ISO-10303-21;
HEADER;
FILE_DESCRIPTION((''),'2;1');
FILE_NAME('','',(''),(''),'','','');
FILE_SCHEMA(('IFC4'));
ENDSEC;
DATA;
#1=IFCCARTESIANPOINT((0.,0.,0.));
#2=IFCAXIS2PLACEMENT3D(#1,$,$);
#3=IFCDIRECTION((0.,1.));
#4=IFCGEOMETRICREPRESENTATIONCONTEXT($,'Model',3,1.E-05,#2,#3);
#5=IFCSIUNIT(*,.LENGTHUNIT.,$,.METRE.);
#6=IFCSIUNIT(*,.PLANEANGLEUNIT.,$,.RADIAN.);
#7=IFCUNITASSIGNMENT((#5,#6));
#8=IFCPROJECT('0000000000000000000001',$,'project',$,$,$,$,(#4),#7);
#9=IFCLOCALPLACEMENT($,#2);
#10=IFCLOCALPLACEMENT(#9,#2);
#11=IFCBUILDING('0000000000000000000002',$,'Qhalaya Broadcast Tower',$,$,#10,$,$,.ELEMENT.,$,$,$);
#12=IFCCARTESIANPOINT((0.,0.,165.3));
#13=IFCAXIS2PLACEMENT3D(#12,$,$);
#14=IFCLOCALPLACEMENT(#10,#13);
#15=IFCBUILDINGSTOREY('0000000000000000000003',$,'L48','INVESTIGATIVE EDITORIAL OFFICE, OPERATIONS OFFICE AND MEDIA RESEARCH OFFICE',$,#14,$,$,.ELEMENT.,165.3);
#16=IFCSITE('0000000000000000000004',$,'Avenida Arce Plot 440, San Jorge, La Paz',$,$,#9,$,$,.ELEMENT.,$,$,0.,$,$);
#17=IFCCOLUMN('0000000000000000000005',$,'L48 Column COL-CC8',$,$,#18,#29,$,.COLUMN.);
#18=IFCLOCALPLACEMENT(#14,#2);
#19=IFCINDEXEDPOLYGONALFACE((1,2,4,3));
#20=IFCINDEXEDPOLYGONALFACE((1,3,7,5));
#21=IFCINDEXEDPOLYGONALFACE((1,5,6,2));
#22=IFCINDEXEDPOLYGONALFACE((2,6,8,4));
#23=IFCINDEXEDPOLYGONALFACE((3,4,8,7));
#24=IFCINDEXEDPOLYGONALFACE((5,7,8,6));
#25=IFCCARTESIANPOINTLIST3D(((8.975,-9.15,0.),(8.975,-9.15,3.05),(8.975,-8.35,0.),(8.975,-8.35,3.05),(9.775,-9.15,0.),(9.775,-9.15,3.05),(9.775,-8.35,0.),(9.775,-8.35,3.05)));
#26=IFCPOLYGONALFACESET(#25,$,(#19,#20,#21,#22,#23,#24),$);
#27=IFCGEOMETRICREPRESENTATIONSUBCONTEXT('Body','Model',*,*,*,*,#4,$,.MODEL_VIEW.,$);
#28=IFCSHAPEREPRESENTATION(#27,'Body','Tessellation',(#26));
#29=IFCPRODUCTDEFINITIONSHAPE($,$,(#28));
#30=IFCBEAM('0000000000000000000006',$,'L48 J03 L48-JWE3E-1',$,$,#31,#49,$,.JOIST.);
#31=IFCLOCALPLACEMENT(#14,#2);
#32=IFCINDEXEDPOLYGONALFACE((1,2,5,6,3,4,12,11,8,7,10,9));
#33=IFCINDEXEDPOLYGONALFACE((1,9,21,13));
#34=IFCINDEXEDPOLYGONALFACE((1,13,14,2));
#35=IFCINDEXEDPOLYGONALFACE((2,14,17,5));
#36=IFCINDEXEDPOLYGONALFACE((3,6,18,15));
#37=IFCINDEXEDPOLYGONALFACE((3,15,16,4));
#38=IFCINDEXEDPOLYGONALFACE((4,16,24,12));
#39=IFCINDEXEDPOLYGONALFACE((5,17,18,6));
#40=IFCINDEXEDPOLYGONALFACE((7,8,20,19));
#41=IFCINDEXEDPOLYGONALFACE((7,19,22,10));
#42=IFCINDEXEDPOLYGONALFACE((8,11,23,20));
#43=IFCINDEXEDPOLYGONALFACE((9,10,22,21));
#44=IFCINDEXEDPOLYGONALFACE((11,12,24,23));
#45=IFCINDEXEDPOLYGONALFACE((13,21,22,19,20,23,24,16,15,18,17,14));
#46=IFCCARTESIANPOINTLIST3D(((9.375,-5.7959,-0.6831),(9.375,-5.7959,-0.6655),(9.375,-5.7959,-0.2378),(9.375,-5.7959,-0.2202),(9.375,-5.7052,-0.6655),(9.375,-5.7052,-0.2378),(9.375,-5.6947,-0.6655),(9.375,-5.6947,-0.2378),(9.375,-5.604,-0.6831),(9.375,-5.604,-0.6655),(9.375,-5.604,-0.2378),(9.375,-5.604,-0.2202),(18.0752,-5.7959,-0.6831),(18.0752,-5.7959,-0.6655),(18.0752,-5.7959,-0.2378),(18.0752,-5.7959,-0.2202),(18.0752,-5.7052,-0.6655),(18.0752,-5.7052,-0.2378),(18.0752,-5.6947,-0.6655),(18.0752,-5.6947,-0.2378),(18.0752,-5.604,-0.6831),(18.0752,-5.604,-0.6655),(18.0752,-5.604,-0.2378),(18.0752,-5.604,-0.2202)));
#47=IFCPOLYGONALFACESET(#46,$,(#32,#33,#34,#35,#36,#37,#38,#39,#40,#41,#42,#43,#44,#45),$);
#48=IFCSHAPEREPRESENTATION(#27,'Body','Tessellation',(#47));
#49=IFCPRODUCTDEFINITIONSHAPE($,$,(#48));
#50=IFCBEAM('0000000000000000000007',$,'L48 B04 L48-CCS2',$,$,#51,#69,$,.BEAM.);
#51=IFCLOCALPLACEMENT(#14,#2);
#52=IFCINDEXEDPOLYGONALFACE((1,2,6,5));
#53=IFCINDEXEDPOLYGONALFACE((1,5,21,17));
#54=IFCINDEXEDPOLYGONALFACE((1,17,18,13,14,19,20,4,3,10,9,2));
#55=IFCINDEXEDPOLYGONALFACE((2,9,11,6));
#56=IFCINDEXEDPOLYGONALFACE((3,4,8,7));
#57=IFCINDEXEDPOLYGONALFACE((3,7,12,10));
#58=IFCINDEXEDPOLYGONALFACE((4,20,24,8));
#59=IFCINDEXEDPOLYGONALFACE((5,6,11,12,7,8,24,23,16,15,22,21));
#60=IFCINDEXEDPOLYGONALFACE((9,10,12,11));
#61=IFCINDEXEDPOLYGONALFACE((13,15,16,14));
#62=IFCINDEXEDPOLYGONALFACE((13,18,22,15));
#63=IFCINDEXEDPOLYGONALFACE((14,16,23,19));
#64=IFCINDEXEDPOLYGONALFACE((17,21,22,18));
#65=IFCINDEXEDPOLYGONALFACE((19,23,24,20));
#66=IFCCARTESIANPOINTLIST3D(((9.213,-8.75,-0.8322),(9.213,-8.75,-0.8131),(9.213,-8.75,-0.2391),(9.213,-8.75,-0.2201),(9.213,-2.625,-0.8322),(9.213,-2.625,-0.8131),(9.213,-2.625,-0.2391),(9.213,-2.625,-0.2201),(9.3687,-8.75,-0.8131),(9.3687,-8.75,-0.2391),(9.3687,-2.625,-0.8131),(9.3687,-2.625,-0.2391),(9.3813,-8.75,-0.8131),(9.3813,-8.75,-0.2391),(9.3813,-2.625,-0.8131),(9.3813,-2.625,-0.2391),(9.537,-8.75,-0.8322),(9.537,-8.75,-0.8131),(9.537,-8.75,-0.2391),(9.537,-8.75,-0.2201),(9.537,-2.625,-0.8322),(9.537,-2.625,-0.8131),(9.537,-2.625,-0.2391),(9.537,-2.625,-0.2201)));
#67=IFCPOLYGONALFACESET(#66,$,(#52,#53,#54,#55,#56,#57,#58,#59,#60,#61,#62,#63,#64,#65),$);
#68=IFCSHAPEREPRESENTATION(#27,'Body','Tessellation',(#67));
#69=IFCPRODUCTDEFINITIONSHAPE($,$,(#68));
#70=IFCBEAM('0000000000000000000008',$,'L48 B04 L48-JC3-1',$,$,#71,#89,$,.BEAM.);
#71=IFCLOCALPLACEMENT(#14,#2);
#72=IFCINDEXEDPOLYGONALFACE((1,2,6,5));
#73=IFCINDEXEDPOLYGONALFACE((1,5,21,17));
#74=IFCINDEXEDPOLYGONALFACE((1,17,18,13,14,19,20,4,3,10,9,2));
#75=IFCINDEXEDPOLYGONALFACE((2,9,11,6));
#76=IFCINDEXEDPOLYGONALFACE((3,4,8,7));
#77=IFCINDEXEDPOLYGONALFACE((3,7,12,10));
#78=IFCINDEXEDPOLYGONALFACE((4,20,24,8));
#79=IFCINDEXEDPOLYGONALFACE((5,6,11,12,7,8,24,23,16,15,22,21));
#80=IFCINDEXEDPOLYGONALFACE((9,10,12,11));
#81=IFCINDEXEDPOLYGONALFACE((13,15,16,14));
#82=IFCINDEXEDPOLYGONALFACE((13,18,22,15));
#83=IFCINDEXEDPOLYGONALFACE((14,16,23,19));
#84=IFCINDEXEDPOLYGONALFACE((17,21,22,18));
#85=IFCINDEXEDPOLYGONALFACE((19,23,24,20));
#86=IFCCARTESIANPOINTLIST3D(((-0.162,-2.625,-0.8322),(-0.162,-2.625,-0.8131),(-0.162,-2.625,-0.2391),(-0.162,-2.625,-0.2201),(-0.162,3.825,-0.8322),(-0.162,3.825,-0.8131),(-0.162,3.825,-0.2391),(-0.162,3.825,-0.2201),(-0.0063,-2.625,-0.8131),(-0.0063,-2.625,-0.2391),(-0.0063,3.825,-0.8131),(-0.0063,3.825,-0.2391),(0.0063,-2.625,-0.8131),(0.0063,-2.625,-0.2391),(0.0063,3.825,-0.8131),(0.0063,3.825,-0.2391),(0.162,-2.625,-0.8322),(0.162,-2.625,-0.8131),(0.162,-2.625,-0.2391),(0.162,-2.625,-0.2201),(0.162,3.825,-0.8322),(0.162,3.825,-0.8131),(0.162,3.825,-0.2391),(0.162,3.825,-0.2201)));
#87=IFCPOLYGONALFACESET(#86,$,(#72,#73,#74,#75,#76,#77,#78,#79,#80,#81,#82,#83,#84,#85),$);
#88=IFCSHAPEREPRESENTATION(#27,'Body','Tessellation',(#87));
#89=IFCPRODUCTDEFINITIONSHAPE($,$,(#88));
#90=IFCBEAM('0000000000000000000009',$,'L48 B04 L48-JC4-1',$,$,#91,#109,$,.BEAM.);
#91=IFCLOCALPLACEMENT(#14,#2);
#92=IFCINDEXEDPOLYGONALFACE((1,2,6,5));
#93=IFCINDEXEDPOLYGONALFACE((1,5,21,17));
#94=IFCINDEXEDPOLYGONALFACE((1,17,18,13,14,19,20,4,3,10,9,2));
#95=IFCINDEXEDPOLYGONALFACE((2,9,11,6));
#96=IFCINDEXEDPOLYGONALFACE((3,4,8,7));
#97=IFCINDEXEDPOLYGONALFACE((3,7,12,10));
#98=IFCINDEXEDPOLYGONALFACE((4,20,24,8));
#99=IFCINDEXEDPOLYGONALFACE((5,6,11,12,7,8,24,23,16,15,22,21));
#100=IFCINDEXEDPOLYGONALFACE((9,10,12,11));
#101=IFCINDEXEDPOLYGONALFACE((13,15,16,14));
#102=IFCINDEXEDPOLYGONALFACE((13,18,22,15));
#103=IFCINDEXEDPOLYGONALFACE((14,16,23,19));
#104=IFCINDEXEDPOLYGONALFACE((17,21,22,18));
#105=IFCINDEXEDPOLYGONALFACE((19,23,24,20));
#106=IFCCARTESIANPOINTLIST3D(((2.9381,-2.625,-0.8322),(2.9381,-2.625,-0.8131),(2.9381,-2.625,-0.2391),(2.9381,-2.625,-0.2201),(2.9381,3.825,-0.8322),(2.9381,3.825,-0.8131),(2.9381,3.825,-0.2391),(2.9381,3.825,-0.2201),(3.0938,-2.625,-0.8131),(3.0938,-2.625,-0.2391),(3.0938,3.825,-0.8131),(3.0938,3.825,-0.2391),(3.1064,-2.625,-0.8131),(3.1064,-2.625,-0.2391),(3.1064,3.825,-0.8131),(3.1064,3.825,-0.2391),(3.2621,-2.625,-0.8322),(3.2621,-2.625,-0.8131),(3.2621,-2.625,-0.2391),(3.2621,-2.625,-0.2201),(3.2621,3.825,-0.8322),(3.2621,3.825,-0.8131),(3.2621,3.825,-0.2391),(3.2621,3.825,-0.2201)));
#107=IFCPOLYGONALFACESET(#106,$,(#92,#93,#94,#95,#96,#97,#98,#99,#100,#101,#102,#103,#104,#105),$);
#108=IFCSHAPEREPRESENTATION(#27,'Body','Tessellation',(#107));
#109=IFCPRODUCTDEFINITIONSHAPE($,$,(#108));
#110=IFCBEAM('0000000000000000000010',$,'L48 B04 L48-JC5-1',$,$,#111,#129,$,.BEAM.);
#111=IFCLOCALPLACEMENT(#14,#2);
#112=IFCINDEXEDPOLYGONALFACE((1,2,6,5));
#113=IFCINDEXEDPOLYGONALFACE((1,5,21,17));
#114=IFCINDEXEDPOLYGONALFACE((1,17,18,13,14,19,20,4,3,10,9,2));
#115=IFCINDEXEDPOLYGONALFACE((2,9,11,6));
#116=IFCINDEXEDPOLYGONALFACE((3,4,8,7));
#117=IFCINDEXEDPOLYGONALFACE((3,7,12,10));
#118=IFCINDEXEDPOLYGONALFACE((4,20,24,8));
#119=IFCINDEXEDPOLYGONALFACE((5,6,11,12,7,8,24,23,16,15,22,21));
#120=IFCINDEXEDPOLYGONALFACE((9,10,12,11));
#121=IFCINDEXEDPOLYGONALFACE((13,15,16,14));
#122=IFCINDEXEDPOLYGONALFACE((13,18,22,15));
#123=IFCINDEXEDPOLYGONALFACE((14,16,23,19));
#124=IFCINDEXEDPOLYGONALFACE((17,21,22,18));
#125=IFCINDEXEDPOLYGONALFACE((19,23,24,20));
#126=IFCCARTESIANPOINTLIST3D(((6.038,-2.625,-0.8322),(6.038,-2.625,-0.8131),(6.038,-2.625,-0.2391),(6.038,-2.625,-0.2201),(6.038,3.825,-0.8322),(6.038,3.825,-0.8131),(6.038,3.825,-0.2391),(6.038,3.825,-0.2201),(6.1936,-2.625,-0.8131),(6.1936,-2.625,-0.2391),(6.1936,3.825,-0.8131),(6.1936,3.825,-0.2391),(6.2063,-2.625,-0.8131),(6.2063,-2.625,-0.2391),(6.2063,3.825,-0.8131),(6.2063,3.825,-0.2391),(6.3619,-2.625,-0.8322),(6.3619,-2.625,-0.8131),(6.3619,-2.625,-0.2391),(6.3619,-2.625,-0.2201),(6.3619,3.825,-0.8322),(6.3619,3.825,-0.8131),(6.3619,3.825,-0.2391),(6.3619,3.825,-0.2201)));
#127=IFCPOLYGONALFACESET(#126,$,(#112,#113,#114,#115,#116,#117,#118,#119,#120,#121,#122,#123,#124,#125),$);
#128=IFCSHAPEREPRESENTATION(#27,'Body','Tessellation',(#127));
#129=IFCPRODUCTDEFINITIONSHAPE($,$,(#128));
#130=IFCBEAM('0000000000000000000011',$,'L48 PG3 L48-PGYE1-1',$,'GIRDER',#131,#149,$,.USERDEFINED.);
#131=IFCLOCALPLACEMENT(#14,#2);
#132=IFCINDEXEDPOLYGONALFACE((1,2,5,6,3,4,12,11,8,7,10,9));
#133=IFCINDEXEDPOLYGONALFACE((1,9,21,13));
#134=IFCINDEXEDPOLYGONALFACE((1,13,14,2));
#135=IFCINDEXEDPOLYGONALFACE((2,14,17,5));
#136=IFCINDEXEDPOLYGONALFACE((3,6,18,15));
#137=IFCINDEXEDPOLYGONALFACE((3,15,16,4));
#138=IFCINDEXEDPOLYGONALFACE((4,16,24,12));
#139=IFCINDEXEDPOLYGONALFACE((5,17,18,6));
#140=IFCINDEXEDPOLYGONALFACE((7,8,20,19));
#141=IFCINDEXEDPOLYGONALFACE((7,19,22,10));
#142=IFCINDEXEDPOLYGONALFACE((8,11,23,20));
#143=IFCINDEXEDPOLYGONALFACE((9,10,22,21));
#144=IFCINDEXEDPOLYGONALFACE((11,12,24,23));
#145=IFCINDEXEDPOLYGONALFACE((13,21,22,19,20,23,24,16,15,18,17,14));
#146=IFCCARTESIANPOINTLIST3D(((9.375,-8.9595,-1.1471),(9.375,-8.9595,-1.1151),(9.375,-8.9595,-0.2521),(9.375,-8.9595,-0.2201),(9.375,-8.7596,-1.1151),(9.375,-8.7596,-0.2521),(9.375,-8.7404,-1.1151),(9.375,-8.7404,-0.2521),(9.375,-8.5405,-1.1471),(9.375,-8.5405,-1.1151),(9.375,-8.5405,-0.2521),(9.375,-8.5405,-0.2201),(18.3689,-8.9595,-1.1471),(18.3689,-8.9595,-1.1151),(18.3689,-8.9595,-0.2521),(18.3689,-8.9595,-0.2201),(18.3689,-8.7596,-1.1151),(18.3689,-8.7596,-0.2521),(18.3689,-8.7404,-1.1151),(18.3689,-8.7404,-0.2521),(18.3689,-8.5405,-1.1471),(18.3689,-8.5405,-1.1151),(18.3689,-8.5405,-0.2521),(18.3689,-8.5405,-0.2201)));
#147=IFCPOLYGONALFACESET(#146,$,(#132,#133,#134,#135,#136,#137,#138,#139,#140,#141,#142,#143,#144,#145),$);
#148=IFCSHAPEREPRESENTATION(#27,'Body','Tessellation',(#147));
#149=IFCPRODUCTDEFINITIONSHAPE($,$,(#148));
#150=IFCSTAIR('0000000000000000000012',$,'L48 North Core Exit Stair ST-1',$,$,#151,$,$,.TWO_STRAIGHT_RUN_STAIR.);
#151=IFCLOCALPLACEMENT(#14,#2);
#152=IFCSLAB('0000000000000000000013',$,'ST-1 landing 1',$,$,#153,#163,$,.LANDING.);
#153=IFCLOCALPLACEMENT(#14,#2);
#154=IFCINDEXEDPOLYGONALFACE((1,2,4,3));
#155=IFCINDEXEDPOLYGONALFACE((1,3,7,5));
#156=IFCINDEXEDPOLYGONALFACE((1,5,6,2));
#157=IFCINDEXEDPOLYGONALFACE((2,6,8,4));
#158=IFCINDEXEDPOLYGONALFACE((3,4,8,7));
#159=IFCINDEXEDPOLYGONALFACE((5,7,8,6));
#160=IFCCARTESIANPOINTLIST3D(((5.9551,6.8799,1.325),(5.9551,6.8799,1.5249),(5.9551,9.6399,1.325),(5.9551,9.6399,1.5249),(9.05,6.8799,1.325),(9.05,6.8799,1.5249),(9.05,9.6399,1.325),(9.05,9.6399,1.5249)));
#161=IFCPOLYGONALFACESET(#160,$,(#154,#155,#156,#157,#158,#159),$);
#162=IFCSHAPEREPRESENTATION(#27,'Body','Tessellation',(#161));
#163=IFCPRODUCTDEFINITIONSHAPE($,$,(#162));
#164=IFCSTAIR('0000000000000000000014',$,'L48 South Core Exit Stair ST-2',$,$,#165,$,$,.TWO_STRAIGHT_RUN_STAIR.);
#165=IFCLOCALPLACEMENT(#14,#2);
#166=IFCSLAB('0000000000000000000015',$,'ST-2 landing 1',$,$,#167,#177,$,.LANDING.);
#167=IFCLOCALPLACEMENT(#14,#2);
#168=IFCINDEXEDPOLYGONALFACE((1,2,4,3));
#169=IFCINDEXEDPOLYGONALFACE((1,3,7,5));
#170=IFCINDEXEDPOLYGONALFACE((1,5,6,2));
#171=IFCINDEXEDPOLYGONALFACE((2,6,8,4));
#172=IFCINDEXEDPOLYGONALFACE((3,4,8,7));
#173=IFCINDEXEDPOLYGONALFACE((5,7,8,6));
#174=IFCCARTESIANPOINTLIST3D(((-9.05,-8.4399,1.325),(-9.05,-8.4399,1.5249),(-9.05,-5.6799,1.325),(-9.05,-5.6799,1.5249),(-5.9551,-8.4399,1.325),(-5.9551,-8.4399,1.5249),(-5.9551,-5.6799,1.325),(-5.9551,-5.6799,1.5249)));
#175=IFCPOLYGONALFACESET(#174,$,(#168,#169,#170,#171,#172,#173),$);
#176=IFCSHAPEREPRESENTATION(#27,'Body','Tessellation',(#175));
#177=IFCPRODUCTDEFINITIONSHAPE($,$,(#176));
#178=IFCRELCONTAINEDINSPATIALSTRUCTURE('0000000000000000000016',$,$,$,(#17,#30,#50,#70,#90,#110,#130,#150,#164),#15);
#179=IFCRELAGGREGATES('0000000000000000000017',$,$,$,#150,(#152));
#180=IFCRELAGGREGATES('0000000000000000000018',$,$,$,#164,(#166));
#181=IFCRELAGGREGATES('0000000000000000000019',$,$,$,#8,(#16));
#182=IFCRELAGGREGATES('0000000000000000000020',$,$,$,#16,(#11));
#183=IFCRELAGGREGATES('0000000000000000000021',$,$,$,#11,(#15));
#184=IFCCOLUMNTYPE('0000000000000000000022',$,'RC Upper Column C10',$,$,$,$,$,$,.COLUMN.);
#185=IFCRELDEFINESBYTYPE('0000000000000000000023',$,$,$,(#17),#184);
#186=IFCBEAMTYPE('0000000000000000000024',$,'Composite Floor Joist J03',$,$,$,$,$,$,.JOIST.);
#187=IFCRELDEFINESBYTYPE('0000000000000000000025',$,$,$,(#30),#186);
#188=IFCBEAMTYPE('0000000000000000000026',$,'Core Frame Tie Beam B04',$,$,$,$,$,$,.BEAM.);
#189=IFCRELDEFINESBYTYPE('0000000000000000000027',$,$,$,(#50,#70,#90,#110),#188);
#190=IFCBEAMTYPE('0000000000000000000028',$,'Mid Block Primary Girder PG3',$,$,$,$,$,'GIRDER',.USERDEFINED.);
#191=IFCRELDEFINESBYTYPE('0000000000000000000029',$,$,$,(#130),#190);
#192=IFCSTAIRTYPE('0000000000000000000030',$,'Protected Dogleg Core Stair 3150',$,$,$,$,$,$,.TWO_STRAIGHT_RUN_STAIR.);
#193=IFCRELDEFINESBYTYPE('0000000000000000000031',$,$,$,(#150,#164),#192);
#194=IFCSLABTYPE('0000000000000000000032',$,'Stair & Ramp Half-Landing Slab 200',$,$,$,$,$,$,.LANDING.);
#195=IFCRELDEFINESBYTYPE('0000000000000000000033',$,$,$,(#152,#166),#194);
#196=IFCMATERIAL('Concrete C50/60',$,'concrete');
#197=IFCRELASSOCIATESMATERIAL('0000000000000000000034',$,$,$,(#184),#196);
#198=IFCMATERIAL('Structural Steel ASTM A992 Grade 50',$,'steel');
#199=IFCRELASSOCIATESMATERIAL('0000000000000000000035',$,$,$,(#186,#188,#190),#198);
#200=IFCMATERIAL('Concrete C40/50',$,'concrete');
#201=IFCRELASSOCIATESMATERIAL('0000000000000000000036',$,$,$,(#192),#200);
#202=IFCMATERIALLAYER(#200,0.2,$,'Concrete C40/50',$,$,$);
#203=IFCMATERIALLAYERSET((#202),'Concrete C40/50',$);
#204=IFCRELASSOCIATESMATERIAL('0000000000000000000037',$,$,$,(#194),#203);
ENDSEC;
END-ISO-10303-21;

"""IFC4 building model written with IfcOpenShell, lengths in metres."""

from ifc_helpers import new_model, si_unit, direction, frame, origin, origin_2d, place, context, subcontext, project, spatial, polyline, rectangle, i_section, outline, extrude, material, layer, layer_set, material_profile, profile_set, type_object, element, aggregate, save


model = new_model("IFC4")

# Units and contexts
model_context = context("Model", 3, precision=1e-05, world=origin(), true_north=direction((0.0, 1.0)))
body_context = subcontext(model_context, "Body", "Model", "MODEL_VIEW")
ifc_project = project(units=[si_unit("LENGTHUNIT", "METRE"), si_unit("PLANEANGLEUNIT", "RADIAN")], contexts=[model_context])

# Site, building, storey
site_placement = place(None, origin())
site = spatial("IfcSite", under=ifc_project, at=site_placement, Name="Avenida Arce Plot 440, San Jorge, La Paz", CompositionType="ELEMENT", RefElevation=0.0)
building_placement = place(site_placement, origin())
building = spatial("IfcBuilding", under=site, at=building_placement, Name="Qhalaya Broadcast Tower", CompositionType="ELEMENT")
storey_placement = place(building_placement, frame((0.0, 0.0, 165.3)))
storey = spatial("IfcBuildingStorey", under=building, at=storey_placement, Name="L48", Description="INVESTIGATIVE EDITORIAL OFFICE, OPERATIONS OFFICE AND MEDIA RESEARCH OFFICE", CompositionType="ELEMENT", Elevation=165.3)

# Column
ifc_material_1 = material(Name="Concrete C50/60", Category="concrete")
ifc_material_profile_1 = material_profile(ifc_material_1, rectangle(XDim=0.8, YDim=0.8, at=origin_2d()), Name="RC-COL 800x800")
ifc_profile_set_1 = profile_set([ifc_material_profile_1], Name="Concrete C50/60")
column_type = type_object("IfcColumnType", Name="RC Upper Column C10", PredefinedType="COLUMN", material=ifc_profile_set_1)
column_placement = place(storey_placement, frame((9.375, -8.75, 0.0), z_axis=(0.0, 0.0, 1.0), x_axis=(1.0, 0.0, 0.0)))
element("IfcColumn", 1, at=column_placement, inside=storey, type_object=column_type, Name="L48 Column COL-CC8", PredefinedType="COLUMN", context=body_context, shape_type="SweptSolid", body=[
    extrude(rectangle(XDim=0.8, YDim=0.8, at=origin_2d()), origin(), (0.0, 0.0, 1.0), 3.05),
])

# Beams
ifc_material_2 = material(Name="Structural Steel ASTM A992 Grade 50", Category="steel")
ifc_material_profile_2 = material_profile(ifc_material_2, i_section(OverallWidth=0.1919, OverallDepth=0.4629, WebThickness=0.0105, FlangeThickness=0.0176, at=origin_2d()), Name="W18X60")
ifc_profile_set_2 = profile_set([ifc_material_profile_2], Name="Structural Steel ASTM A992 Grade 50")
beam_type_1 = type_object("IfcBeamType", Name="Composite Floor Joist J03", PredefinedType="JOIST", material=ifc_profile_set_2)
beam_1_placement = place(storey_placement, frame((9.375, -5.7, -0.4517), z_axis=(1.0, 0.0, 0.0), x_axis=(0.0, 1.0, 0.0)))
element("IfcBeam", 2, at=beam_1_placement, inside=storey, type_object=beam_type_1, Name="L48 J03 L48-JWE3E-1", PredefinedType="JOIST", context=body_context, shape_type="SweptSolid", body=[
    extrude(i_section(OverallWidth=0.1919, OverallDepth=0.4629, WebThickness=0.0105, FlangeThickness=0.0176, at=origin_2d()), origin(), (0.0, 0.0, 1.0), 8.7002),
])
ifc_material_profile_3 = material_profile(ifc_material_2, i_section(OverallWidth=0.324, OverallDepth=0.6121, WebThickness=0.0127, FlangeThickness=0.019, at=origin_2d()), Name="W24X104")
ifc_profile_set_3 = profile_set([ifc_material_profile_3], Name="Structural Steel ASTM A992 Grade 50")
beam_type_2 = type_object("IfcBeamType", Name="Core Frame Tie Beam B04", PredefinedType="BEAM", material=ifc_profile_set_3)
beam_2_placement = place(storey_placement, frame((9.375, -8.75, -0.5261), z_axis=(0.0, 1.0, 0.0), x_axis=(-1.0, 0.0, 0.0)))
element("IfcBeam", 3, at=beam_2_placement, inside=storey, type_object=beam_type_2, Name="L48 B04 L48-CCS2", PredefinedType="BEAM", context=body_context, shape_type="SweptSolid", body=[
    extrude(i_section(OverallWidth=0.324, OverallDepth=0.6121, WebThickness=0.0127, FlangeThickness=0.019, at=origin_2d()), origin(), (0.0, 0.0, 1.0), 6.125),
])
for number, where, z_axis, x_axis, name in (
    (4, (0.0, -2.625, -0.5261), (0.0, 1.0, 0.0), (-1.0, 0.0, 0.0), "L48 B04 L48-JC3-1"),
    (5, (3.1001, -2.625, -0.5261), (0.0, 1.0, 0.0), (-1.0, 0.0, 0.0), "L48 B04 L48-JC4-1"),
    (6, (6.2, -2.625, -0.5261), (0.0, 1.0, 0.0), (-1.0, 0.0, 0.0), "L48 B04 L48-JC5-1"),
):
    element("IfcBeam", number, at=place(storey_placement, frame(where, z_axis=z_axis, x_axis=x_axis)), inside=storey, type_object=beam_type_2, Name=name, PredefinedType="BEAM", context=body_context, shape_type="SweptSolid", body=[
        extrude(i_section(OverallWidth=0.324, OverallDepth=0.6121, WebThickness=0.0127, FlangeThickness=0.019, at=origin_2d()), origin(), (0.0, 0.0, 1.0), 6.45),
    ])
ifc_material_profile_4 = material_profile(ifc_material_2, i_section(OverallWidth=0.4189, OverallDepth=0.927, WebThickness=0.0193, FlangeThickness=0.032, at=origin_2d()), Name="W36X231")
ifc_profile_set_4 = profile_set([ifc_material_profile_4], Name="Structural Steel ASTM A992 Grade 50")
beam_type_3 = type_object("IfcBeamType", Name="Mid Block Primary Girder PG3", ElementType="GIRDER", PredefinedType="USERDEFINED", material=ifc_profile_set_4)
beam_3_placement = place(storey_placement, frame((9.375, -8.75, -0.6836), z_axis=(1.0, 0.0, 0.0), x_axis=(0.0, 1.0, 0.0)))
element("IfcBeam", 7, at=beam_3_placement, inside=storey, type_object=beam_type_3, Name="L48 PG3 L48-PGYE1-1", ObjectType="GIRDER", PredefinedType="USERDEFINED", context=body_context, shape_type="SweptSolid", body=[
    extrude(i_section(OverallWidth=0.4189, OverallDepth=0.927, WebThickness=0.0193, FlangeThickness=0.032, at=origin_2d()), origin(), (0.0, 0.0, 1.0), 8.9939),
])

# Stairs, slabs
ifc_material_3 = material(Name="Concrete C40/50", Category="concrete")
stair_type = type_object("IfcStairType", Name="Protected Dogleg Core Stair 3150", PredefinedType="TWO_STRAIGHT_RUN_STAIR", material=ifc_material_3)
stair_1_placement = place(storey_placement, origin())
stair_1 = element("IfcStair", 8, at=stair_1_placement, inside=storey, type_object=stair_type, Name="L48 North Core Exit Stair ST-1", PredefinedType="TWO_STRAIGHT_RUN_STAIR")
ifc_layer_1 = layer(ifc_material_3, 0.2, Name="Concrete C40/50")
ifc_layer_set_1 = layer_set([ifc_layer_1], Name="Concrete C40/50")
slab_type_1 = type_object("IfcSlabType", Name="Stair & Ramp Half-Landing Slab 200", PredefinedType="LANDING", material=ifc_layer_set_1)
slab_1_placement = place(storey_placement, frame((0.0, 0.0, 1.325)))
slab_1 = element("IfcSlab", 9, at=slab_1_placement, type_object=slab_type_1, Name="ST-1 landing 1", PredefinedType="LANDING", context=body_context, shape_type="SweptSolid", body=[
    extrude(outline(polyline([(5.9551, 6.8799), (9.05, 6.8799), (9.05, 9.6399), (5.9551, 9.6399), (5.9551, 6.8799)])), origin(), (0.0, 0.0, 1.0), 0.2),
])
aggregate(stair_1, [slab_1])
stair_2_placement = place(storey_placement, origin())
stair_2 = element("IfcStair", 10, at=stair_2_placement, inside=storey, type_object=stair_type, Name="L48 South Core Exit Stair ST-2", PredefinedType="TWO_STRAIGHT_RUN_STAIR")
slab_2_placement = place(storey_placement, frame((0.0, 0.0, 1.325)))
slab_2 = element("IfcSlab", 11, at=slab_2_placement, type_object=slab_type_1, Name="ST-2 landing 1", PredefinedType="LANDING", context=body_context, shape_type="SweptSolid", body=[
    extrude(outline(polyline([(-5.9551, -5.6799), (-9.05, -5.6799), (-9.05, -8.4399), (-5.9551, -8.4399), (-5.9551, -5.6799)])), origin(), (0.0, 0.0, 1.0), 0.2),
])
aggregate(stair_2, [slab_2])

save(model, "model.ifc")
